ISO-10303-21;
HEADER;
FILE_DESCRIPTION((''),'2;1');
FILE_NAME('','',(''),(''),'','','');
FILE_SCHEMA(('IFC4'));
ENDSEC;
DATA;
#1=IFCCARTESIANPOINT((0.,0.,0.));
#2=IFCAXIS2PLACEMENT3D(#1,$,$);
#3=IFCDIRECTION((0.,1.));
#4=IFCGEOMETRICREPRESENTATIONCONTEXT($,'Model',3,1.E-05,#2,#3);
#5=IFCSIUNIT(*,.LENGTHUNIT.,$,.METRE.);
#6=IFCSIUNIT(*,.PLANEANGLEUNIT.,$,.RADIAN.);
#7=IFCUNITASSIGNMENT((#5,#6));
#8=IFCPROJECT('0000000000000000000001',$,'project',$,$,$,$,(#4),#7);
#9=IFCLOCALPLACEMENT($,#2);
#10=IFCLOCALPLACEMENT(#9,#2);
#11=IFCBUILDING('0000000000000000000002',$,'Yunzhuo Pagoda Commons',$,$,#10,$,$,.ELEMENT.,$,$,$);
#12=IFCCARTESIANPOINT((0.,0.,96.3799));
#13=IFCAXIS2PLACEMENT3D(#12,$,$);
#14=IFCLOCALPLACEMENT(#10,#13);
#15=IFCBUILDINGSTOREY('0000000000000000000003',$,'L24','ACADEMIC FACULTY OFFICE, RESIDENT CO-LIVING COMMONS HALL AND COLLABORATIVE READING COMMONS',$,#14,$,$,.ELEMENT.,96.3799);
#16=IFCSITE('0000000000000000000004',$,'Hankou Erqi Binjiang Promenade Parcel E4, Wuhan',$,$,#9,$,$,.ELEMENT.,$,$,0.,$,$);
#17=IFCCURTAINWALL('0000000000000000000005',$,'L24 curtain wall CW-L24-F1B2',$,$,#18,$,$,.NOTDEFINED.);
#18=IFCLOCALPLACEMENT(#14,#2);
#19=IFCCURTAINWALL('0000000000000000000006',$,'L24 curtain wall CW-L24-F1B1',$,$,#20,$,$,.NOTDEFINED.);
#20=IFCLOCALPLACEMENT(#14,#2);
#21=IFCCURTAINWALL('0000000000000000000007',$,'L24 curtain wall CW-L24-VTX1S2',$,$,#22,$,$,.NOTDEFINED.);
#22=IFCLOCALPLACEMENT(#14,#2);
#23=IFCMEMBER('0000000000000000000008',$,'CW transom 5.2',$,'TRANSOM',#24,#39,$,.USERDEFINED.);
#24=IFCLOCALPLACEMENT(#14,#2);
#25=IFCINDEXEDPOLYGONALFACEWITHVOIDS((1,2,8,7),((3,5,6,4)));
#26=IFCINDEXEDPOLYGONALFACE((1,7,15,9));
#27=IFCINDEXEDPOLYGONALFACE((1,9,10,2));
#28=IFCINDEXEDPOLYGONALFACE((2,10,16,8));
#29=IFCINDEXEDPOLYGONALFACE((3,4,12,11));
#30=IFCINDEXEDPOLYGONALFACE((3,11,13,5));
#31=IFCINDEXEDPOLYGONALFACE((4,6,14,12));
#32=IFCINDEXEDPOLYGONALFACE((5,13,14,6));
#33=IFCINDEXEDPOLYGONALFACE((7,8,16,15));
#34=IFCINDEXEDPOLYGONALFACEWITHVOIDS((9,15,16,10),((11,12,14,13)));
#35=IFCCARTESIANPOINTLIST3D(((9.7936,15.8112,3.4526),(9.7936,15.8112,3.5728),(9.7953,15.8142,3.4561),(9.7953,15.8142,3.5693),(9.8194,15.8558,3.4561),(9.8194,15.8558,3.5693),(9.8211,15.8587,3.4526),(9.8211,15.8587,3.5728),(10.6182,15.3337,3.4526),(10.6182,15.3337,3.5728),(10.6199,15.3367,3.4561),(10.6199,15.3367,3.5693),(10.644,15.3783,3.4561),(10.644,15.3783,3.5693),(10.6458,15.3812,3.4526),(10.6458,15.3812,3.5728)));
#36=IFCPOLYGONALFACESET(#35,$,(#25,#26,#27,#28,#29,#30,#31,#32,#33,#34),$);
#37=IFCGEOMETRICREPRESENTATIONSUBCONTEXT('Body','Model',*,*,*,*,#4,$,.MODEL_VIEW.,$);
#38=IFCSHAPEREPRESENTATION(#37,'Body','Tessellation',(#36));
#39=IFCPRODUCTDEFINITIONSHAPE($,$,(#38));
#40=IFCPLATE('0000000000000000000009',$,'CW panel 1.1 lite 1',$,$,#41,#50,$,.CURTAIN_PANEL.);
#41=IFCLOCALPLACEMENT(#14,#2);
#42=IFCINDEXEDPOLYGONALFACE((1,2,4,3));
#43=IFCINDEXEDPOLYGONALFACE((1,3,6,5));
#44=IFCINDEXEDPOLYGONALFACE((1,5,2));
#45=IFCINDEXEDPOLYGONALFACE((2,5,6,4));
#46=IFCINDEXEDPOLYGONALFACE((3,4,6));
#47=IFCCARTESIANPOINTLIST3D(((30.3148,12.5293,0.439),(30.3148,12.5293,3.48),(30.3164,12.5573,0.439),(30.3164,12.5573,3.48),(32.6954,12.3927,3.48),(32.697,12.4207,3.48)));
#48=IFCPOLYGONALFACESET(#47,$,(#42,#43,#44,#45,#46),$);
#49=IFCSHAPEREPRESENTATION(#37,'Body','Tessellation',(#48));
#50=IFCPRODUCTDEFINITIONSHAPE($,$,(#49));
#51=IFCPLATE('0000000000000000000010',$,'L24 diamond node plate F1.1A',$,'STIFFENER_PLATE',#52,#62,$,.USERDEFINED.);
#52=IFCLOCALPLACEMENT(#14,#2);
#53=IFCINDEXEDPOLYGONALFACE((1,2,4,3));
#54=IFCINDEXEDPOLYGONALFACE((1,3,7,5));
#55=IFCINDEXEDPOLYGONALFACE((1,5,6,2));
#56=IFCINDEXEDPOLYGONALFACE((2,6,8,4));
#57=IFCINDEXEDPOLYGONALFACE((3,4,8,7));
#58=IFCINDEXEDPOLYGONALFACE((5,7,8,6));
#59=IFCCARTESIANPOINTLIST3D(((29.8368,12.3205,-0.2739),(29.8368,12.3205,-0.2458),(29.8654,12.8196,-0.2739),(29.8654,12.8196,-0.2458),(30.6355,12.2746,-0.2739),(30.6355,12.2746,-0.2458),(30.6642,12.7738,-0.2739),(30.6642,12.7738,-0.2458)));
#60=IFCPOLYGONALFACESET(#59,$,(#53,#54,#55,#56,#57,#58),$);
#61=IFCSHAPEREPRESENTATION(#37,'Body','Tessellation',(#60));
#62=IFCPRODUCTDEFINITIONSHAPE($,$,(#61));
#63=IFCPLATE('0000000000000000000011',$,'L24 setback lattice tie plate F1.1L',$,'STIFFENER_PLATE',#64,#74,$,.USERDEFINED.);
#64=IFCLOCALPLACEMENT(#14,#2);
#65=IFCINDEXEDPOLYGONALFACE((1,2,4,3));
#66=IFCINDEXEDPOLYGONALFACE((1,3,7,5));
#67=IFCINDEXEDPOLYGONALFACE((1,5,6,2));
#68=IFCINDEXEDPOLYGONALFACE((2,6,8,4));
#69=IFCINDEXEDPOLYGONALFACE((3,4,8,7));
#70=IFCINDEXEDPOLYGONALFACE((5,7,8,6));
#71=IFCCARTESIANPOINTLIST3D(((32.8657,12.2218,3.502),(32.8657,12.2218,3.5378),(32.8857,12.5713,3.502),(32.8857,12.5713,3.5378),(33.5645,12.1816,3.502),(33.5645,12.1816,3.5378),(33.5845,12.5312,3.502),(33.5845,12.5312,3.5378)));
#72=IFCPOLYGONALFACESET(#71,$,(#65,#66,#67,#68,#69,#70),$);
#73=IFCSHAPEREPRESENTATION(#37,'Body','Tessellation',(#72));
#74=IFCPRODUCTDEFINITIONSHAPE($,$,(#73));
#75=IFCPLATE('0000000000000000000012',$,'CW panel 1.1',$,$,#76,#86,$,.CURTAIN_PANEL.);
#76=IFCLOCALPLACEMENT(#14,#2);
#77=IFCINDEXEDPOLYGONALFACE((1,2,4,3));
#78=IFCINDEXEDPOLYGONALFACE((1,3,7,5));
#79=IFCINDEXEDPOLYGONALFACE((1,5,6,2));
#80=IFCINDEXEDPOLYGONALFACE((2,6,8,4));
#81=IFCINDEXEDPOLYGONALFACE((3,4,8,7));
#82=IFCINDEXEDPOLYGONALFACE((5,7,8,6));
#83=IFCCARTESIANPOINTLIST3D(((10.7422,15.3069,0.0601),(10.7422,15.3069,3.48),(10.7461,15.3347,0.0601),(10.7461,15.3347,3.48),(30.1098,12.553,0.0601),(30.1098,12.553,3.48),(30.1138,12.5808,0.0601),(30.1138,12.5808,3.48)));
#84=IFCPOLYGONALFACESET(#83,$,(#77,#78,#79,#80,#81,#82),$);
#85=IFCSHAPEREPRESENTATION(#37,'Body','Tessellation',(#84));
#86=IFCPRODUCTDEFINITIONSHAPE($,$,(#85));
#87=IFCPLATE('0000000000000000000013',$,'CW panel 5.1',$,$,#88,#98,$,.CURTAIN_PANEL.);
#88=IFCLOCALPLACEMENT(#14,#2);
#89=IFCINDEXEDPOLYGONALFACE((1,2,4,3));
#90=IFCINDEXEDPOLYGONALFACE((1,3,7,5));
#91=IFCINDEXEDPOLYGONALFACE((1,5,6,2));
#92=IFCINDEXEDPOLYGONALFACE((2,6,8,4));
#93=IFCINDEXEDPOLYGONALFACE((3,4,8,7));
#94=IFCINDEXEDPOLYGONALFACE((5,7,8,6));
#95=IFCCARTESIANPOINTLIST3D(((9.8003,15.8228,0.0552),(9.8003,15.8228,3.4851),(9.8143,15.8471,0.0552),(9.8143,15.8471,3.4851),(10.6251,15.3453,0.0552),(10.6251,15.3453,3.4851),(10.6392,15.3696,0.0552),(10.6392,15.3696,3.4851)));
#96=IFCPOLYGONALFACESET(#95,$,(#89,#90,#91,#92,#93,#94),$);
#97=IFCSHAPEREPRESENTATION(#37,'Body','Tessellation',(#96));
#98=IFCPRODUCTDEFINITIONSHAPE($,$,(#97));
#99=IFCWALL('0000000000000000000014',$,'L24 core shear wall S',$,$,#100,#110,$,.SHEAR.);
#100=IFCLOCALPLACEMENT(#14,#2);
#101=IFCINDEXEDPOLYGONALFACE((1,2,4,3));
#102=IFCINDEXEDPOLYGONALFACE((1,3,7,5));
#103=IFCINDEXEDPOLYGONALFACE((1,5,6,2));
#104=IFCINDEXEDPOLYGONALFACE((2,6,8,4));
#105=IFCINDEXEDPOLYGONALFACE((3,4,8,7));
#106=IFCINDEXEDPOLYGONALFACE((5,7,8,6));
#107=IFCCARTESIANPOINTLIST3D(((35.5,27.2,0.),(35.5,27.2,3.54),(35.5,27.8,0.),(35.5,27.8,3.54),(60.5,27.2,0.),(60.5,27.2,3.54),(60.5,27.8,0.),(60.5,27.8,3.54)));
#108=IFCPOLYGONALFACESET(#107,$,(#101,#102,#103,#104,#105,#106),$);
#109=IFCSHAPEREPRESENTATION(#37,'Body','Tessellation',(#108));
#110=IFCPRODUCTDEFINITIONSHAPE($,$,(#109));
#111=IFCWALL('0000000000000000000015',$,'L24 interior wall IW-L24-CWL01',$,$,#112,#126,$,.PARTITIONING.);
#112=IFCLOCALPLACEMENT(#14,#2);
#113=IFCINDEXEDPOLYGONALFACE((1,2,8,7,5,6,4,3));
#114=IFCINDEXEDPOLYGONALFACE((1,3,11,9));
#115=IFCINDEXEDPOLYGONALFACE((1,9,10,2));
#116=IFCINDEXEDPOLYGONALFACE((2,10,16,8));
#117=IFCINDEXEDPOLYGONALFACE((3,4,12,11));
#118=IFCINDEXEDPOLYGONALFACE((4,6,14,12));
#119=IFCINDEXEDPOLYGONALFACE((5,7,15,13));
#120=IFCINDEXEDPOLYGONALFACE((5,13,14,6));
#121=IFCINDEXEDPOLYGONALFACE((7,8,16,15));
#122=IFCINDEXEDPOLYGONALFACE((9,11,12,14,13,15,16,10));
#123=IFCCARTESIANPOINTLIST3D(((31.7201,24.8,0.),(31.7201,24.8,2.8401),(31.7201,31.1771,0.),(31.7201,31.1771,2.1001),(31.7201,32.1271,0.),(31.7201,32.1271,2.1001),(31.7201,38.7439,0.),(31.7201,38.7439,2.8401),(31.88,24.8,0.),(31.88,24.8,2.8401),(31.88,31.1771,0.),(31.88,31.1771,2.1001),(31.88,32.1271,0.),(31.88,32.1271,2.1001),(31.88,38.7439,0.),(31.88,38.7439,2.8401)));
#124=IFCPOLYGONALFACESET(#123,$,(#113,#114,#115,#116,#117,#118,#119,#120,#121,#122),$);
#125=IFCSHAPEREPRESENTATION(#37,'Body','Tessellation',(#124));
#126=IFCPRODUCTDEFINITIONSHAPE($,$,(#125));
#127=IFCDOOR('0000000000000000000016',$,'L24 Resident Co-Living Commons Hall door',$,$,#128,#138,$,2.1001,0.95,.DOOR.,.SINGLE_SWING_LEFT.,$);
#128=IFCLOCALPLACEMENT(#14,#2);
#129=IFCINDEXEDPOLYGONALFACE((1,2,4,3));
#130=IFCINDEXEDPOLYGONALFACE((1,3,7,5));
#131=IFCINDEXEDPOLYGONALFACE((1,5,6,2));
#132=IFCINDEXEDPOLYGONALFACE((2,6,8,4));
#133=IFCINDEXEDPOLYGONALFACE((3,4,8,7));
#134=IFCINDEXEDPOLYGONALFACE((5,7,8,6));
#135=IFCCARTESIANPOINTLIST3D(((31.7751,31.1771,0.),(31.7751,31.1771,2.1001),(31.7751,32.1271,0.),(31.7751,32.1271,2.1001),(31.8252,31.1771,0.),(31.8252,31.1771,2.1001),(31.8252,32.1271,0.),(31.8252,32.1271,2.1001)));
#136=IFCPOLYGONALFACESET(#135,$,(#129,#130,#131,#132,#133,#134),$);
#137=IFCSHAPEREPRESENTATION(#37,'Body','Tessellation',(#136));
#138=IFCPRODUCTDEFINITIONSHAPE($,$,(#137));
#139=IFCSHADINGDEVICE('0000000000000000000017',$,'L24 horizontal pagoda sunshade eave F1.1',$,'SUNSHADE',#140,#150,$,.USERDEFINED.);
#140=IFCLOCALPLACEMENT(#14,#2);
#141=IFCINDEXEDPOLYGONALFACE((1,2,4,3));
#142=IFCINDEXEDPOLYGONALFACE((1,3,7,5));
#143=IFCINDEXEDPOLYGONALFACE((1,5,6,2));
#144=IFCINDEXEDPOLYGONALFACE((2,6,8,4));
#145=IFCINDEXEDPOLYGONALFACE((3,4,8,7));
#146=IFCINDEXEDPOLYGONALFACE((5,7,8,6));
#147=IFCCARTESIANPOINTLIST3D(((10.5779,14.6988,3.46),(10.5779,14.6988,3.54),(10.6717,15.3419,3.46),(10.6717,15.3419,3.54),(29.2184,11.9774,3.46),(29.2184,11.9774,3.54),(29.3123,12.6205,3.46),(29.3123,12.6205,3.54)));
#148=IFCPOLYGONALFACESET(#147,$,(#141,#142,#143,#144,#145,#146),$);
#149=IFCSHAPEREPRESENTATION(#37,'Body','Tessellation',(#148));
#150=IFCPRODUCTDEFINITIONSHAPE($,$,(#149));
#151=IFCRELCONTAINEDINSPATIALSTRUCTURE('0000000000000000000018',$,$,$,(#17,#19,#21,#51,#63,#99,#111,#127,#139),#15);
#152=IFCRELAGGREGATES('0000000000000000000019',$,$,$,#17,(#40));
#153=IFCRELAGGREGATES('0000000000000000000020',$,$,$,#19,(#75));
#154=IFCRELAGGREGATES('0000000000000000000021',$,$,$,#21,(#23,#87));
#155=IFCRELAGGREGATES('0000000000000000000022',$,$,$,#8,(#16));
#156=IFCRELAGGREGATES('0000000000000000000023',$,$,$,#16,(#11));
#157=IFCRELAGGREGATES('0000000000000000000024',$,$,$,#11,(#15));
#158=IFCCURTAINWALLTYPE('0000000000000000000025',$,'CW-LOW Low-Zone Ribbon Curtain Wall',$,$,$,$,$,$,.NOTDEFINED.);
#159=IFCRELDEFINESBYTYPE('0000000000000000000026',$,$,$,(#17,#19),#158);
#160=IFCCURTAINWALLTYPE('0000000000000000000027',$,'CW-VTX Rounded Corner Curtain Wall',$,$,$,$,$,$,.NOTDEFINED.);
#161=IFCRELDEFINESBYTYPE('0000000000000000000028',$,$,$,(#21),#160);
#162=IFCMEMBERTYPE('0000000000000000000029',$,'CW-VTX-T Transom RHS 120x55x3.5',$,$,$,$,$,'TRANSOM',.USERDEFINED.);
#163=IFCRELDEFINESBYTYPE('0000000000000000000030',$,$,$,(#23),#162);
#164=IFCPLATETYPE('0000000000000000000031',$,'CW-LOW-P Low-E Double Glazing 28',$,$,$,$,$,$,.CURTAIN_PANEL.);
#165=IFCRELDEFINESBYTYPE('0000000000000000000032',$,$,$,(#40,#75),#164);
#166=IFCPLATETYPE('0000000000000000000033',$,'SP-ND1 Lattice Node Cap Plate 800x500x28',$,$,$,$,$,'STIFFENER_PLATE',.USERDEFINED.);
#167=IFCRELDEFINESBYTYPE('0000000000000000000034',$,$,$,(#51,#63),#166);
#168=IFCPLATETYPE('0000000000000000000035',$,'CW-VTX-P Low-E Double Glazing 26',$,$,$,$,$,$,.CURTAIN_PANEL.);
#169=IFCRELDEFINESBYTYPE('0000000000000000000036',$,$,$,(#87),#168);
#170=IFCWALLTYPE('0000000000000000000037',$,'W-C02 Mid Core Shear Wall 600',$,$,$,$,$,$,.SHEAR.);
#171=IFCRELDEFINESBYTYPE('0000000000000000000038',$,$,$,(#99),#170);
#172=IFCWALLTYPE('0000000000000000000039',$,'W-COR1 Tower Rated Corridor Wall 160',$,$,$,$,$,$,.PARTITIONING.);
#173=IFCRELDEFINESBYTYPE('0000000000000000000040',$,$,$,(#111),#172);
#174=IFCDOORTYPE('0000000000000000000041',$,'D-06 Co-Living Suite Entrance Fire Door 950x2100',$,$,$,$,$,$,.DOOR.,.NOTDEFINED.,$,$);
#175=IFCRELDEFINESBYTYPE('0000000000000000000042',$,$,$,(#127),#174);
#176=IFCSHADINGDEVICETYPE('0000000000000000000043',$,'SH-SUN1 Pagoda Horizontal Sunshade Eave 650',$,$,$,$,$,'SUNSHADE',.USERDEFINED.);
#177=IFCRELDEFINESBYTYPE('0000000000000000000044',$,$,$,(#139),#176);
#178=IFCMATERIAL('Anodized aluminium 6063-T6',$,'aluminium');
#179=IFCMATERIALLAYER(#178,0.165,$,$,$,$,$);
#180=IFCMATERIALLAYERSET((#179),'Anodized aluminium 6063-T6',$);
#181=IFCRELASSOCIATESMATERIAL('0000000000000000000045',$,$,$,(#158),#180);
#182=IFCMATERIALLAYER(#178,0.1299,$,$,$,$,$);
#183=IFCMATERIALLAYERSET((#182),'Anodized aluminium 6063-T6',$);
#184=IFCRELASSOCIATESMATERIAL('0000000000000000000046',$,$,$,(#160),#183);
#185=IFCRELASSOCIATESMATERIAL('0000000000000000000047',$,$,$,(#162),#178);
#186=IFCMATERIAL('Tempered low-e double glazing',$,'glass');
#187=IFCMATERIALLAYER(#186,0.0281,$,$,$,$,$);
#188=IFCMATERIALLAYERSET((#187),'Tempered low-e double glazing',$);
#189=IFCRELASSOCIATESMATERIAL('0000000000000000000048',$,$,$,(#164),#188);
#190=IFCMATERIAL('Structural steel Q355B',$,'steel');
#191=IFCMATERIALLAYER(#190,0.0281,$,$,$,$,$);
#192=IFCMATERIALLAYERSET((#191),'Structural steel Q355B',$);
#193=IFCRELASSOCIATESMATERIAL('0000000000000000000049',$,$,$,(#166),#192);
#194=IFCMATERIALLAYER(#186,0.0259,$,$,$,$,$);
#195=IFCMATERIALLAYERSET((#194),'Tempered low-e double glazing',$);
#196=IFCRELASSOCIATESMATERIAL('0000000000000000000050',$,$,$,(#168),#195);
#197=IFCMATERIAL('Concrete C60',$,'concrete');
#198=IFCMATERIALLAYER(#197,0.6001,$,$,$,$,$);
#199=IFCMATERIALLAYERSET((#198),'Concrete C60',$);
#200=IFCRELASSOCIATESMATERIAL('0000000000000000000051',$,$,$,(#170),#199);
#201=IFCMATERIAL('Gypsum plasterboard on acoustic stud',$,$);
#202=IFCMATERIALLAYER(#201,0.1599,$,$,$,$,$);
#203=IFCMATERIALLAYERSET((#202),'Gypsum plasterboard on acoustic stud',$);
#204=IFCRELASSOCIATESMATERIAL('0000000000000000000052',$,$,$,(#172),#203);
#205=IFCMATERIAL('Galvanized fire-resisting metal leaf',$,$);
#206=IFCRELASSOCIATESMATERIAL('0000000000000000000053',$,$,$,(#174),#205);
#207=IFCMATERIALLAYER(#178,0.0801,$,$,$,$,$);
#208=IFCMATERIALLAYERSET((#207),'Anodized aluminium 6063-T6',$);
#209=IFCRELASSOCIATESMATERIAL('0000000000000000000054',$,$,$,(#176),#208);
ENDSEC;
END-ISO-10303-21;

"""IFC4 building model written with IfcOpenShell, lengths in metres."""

from ifc_helpers import new_model, si_unit, direction, frame, frame_2d, origin, origin_with_axes, origin_2d, place, context, subcontext, project, spatial, polyline, rectangle, hollow_rectangle, outline, extrude, source, transform, mapped, material, layer, layer_set, material_profile, profile_set, type_object, element, fill, aggregate, save


model = new_model("IFC4")

# Units and contexts
model_context = context("Model", 3, precision=1e-05, world=origin(), true_north=direction((0.0, 1.0)))
body_context = subcontext(model_context, "Body", "Model", "MODEL_VIEW")
ifc_project = project(units=[si_unit("LENGTHUNIT", "METRE"), si_unit("PLANEANGLEUNIT", "RADIAN")], contexts=[model_context])

# Site, building, storey
site_placement = place(None, origin())
site = spatial("IfcSite", under=ifc_project, at=site_placement, Name="Hankou Erqi Binjiang Promenade Parcel E4, Wuhan", CompositionType="ELEMENT", RefElevation=0.0)
building_placement = place(site_placement, origin())
building = spatial("IfcBuilding", under=site, at=building_placement, Name="Yunzhuo Pagoda Commons", CompositionType="ELEMENT")
storey_placement = place(building_placement, frame((0.0, 0.0, 96.3799)))
storey = spatial("IfcBuildingStorey", under=building, at=storey_placement, Name="L24", Description="ACADEMIC FACULTY OFFICE, RESIDENT CO-LIVING COMMONS HALL AND COLLABORATIVE READING COMMONS", CompositionType="ELEMENT", Elevation=96.3799)

# Shared definitions
ifc_material_1 = material(Name="Structural steel Q355B", Category="steel")

# Curtain wall
ifc_material_2 = material(Name="Anodized aluminium 6063-T6", Category="aluminium")
ifc_layer_1 = layer(ifc_material_2, 0.165)
ifc_layer_set_1 = layer_set([ifc_layer_1], Name="Anodized aluminium 6063-T6")
curtain_wall_type_1 = type_object("IfcCurtainWallType", Name="CW-LOW Low-Zone Ribbon Curtain Wall", PredefinedType="NOTDEFINED", material=ifc_layer_set_1)
curtain_wall_1_placement = place(storey_placement, origin())
curtain_wall_1 = element("IfcCurtainWall", 1, at=curtain_wall_1_placement, inside=storey, type_object=curtain_wall_type_1, Name="L24 curtain wall CW-L24-F1B2", PredefinedType="NOTDEFINED")

# Curtain wall
curtain_wall_2_placement = place(storey_placement, origin())
curtain_wall_2 = element("IfcCurtainWall", 2, at=curtain_wall_2_placement, inside=storey, type_object=curtain_wall_type_1, Name="L24 curtain wall CW-L24-F1B1", PredefinedType="NOTDEFINED")

# Curtain wall, member
ifc_layer_2 = layer(ifc_material_2, 0.1299)
ifc_layer_set_2 = layer_set([ifc_layer_2], Name="Anodized aluminium 6063-T6")
curtain_wall_type_2 = type_object("IfcCurtainWallType", Name="CW-VTX Rounded Corner Curtain Wall", PredefinedType="NOTDEFINED", material=ifc_layer_set_2)
curtain_wall_3_placement = place(storey_placement, origin())
curtain_wall_3 = element("IfcCurtainWall", 3, at=curtain_wall_3_placement, inside=storey, type_object=curtain_wall_type_2, Name="L24 curtain wall CW-L24-VTX1S2", PredefinedType="NOTDEFINED")
ifc_material_profile_1 = material_profile(ifc_material_2, hollow_rectangle(XDim=0.0549, YDim=0.1201, WallThickness=0.0034, at=origin_2d()), Name="Anodized aluminium 6063-T6")
ifc_profile_set_1 = profile_set([ifc_material_profile_1], Name="Anodized aluminium 6063-T6")
member_type_1 = type_object("IfcMemberType", Name="CW-VTX-T Transom RHS 120x55x3.5", ElementType="TRANSOM", PredefinedType="USERDEFINED", material=ifc_profile_set_1)
shared_shape_1 = source(origin(), body_context, "Body", "SweptSolid", [
    extrude(hollow_rectangle(XDim=0.0549, YDim=0.1201, WallThickness=0.0034, at=origin_2d()), origin(), (0.0, 0.0, 1.0), 0.9529),
])
member_1_placement = place(storey_placement, frame((9.8074, 15.835, 3.5127), z_axis=(0.865391, -0.501097, 0.0), x_axis=(0.501097, 0.865391, 0.0)))
member_1 = element("IfcMember", 4, at=member_1_placement, type_object=member_type_1, Name="CW transom 5.2", ObjectType="TRANSOM", PredefinedType="USERDEFINED", context=body_context, shape_type="MappedRepresentation", body=[
    mapped(shared_shape_1, transform((0.0, 0.0, 0.0), scale=1.0)),
])

# Plate
ifc_material_3 = material(Name="Tempered low-e double glazing", Category="glass")
ifc_layer_3 = layer(ifc_material_3, 0.0281)
ifc_layer_set_3 = layer_set([ifc_layer_3], Name="Tempered low-e double glazing")
plate_type_1 = type_object("IfcPlateType", Name="CW-LOW-P Low-E Double Glazing 28", PredefinedType="CURTAIN_PANEL", material=ifc_layer_set_3)
plate_1_placement = place(storey_placement, frame((31.5066, 12.489, 1.9595), z_axis=(-0.057299, -0.998357, 0.0), x_axis=(0.998357, -0.057299, 0.0)))
plate_1 = element("IfcPlate", 5, at=plate_1_placement, type_object=plate_type_1, Name="CW panel 1.1 lite 1", PredefinedType="CURTAIN_PANEL", context=body_context, shape_type="SweptSolid", body=[
    extrude(outline(polyline([(-1.1921, -1.5205), (1.1924, 1.5205), (-1.1921, 1.5205), (-1.1921, -1.5205)])), origin(), (0.0, 0.0, 1.0), 0.0281),
])
aggregate(curtain_wall_1, [plate_1])

# Plates
ifc_layer_4 = layer(ifc_material_1, 0.0281)
ifc_layer_set_4 = layer_set([ifc_layer_4], Name="Structural steel Q355B")
plate_type_2 = type_object("IfcPlateType", Name="SP-ND1 Lattice Node Cap Plate 800x500x28", ElementType="STIFFENER_PLATE", PredefinedType="USERDEFINED", material=ifc_layer_set_4)
shared_shape_2 = source(origin(), body_context, "Body", "SweptSolid", [
    extrude(rectangle(XDim=0.8, YDim=0.5, at=origin_2d()), origin(), (0.0, 0.0, 1.0), 0.0281),
])
plate_2_placement = place(storey_placement, frame((30.2505, 12.5471, -0.2739), z_axis=(0.0, 0.0, 1.0), x_axis=(0.998357, -0.057303, 0.0)))
element("IfcPlate", 6, at=plate_2_placement, inside=storey, type_object=plate_type_2, Name="L24 diamond node plate F1.1A", ObjectType="STIFFENER_PLATE", PredefinedType="USERDEFINED", context=body_context, shape_type="MappedRepresentation", body=[
    mapped(shared_shape_2, transform((0.0, 0.0, 0.0), scale=1.0)),
])
shared_shape_3 = source(origin(), body_context, "Body", "SweptSolid", [
    extrude(rectangle(XDim=0.7, YDim=0.3501, at=origin_2d()), origin(), (0.0, 0.0, 1.0), 0.0359),
])
plate_3_placement = place(storey_placement, frame((33.2251, 12.3765, 3.502), z_axis=(0.0, 0.0, 1.0), x_axis=(0.998357, -0.057303, 0.0)))
element("IfcPlate", 7, at=plate_3_placement, inside=storey, type_object=plate_type_2, Name="L24 setback lattice tie plate F1.1L", ObjectType="STIFFENER_PLATE", PredefinedType="USERDEFINED", context=body_context, shape_type="MappedRepresentation", body=[
    mapped(shared_shape_3, transform((0.0, 0.0, 0.0), scale=1.0)),
])

# Plates
shared_shape_4 = source(origin(), body_context, "Body", "SweptSolid", [
    extrude(rectangle(XDim=19.5625, YDim=0.0281, at=origin_2d()), origin(), (0.0, 0.0, 1.0), 3.4199),
])
plate_4_placement = place(storey_placement, frame((20.428, 13.9438, 0.0601), z_axis=(0.0, 0.0, 1.0), x_axis=(0.990042, -0.140774, 0.0)))
plate_4 = element("IfcPlate", 8, at=plate_4_placement, type_object=plate_type_1, Name="CW panel 1.1", PredefinedType="CURTAIN_PANEL", context=body_context, shape_type="MappedRepresentation", body=[
    mapped(shared_shape_4, transform((0.0, 0.0, 0.0), scale=1.0)),
])
aggregate(curtain_wall_2, [plate_4])
ifc_layer_5 = layer(ifc_material_3, 0.0259)
ifc_layer_set_5 = layer_set([ifc_layer_5], Name="Tempered low-e double glazing")
plate_type_3 = type_object("IfcPlateType", Name="CW-VTX-P Low-E Double Glazing 26", PredefinedType="CURTAIN_PANEL", material=ifc_layer_set_5)
shared_shape_5 = source(origin(), body_context, "Body", "SweptSolid", [
    extrude(rectangle(XDim=0.9531, YDim=0.0281, at=origin_2d()), origin(), (0.0, 0.0, 1.0), 3.4299),
])
plate_5_placement = place(storey_placement, frame((10.2197, 15.5962, 0.0552), z_axis=(0.0, 0.0, 1.0), x_axis=(0.865427, -0.501036, 0.0)))
plate_5 = element("IfcPlate", 9, at=plate_5_placement, type_object=plate_type_3, Name="CW panel 5.1", PredefinedType="CURTAIN_PANEL", context=body_context, shape_type="MappedRepresentation", body=[
    mapped(shared_shape_5, transform((0.0, 0.0, 0.0), scale=1.0)),
])
aggregate(curtain_wall_3, [member_1, plate_5])

# Wall
ifc_material_4 = material(Name="Concrete C60", Category="concrete")
ifc_layer_6 = layer(ifc_material_4, 0.6001)
ifc_layer_set_6 = layer_set([ifc_layer_6], Name="Concrete C60")
wall_type_1 = type_object("IfcWallType", Name="W-C02 Mid Core Shear Wall 600", PredefinedType="SHEAR", material=ifc_layer_set_6)
wall_1_placement = place(storey_placement, frame((35.5, 27.5, 0.0), z_axis=(0.0, 0.0, 1.0), x_axis=(1.0, 0.0, 0.0)))
element("IfcWall", 10, at=wall_1_placement, inside=storey, type_object=wall_type_1, Name="L24 core shear wall S", PredefinedType="SHEAR", context=body_context, shape_type="SweptSolid", body=[
    extrude(rectangle(XDim=25.0, YDim=0.6001, at=frame_2d((12.5, 0.0))), origin(), (0.0, 0.0, 1.0), 3.54),
])

# Wall, opening, door
ifc_material_5 = material(Name="Gypsum plasterboard on acoustic stud")
ifc_layer_7 = layer(ifc_material_5, 0.1599)
ifc_layer_set_7 = layer_set([ifc_layer_7], Name="Gypsum plasterboard on acoustic stud")
wall_type_2 = type_object("IfcWallType", Name="W-COR1 Tower Rated Corridor Wall 160", PredefinedType="PARTITIONING", material=ifc_layer_set_7)
wall_2_placement = place(storey_placement, frame((31.8, 24.8, 0.0), z_axis=(0.0, 0.0, 1.0), x_axis=(0.0, 1.0, 0.0)))
wall_2 = element("IfcWall", 11, at=wall_2_placement, inside=storey, type_object=wall_type_2, Name="L24 interior wall IW-L24-CWL01", PredefinedType="PARTITIONING", context=body_context, shape_type="SweptSolid", body=[
    extrude(rectangle(XDim=13.9438, YDim=0.1599, at=frame_2d((6.9719, 0.0))), origin(), (0.0, 0.0, 1.0), 2.8401),
])
opening_placement = place(wall_2_placement, frame((6.377, 0.0, 0.0)))
opening = element("IfcOpeningElement", 12, at=opening_placement, cuts=wall_2, PredefinedType="OPENING", context=body_context, shape_type="SweptSolid", body=[
    extrude(rectangle(XDim=0.95, YDim=2.1001, at=frame_2d((0.4751, 1.05))), frame((0.0, 0.0898, 0.0), z_axis=(0.0, -1.0, 0.0), x_axis=(1.0, 0.0, 0.0)), (0.0, 0.0, 1.0), 0.1799),
])
ifc_material_6 = material(Name="Galvanized fire-resisting metal leaf")
door_type = type_object("IfcDoorType", Name="D-06 Co-Living Suite Entrance Fire Door 950x2100", OperationType="NOTDEFINED", PredefinedType="DOOR", material=ifc_material_6)
shared_shape_6 = source(origin(), body_context, "Body", "SweptSolid", [
    extrude(rectangle(XDim=0.95, YDim=2.1001, at=frame_2d((0.4751, 1.05))), frame((0.0, 0.0249, 0.0), z_axis=(0.0, -1.0, 0.0), x_axis=(1.0, 0.0, 0.0)), (0.0, 0.0, 1.0), 0.05),
])
door_placement = place(opening_placement, origin_with_axes())
door = element("IfcDoor", 13, at=door_placement, inside=storey, type_object=door_type, Name="L24 Resident Co-Living Commons Hall door", OperationType="SINGLE_SWING_LEFT", OverallHeight=2.1001, OverallWidth=0.95, PredefinedType="DOOR", context=body_context, shape_type="MappedRepresentation", body=[
    mapped(shared_shape_6, transform((0.0, 0.0, 0.0), scale=1.0)),
])
fill(opening, door)

# Shading device
ifc_layer_8 = layer(ifc_material_2, 0.0801)
ifc_layer_set_8 = layer_set([ifc_layer_8], Name="Anodized aluminium 6063-T6")
shading_device_type = type_object("IfcShadingDeviceType", Name="SH-SUN1 Pagoda Horizontal Sunshade Eave 650", ElementType="SUNSHADE", PredefinedType="USERDEFINED", material=ifc_layer_set_8)
shared_shape_7 = source(origin(), body_context, "Body", "SweptSolid", [
    extrude(rectangle(XDim=18.8381, YDim=0.6499, at=origin_2d()), origin(), (0.0, 0.0, 1.0), 0.0801),
])
shading_device_placement = place(storey_placement, frame((19.9451, 13.6597, 3.46), z_axis=(0.0, 0.0, 1.0), x_axis=(0.989511, -0.14446, 0.0)))
element("IfcShadingDevice", 14, at=shading_device_placement, inside=storey, type_object=shading_device_type, Name="L24 horizontal pagoda sunshade eave F1.1", ObjectType="SUNSHADE", PredefinedType="USERDEFINED", context=body_context, shape_type="MappedRepresentation", body=[
    mapped(shared_shape_7, transform((0.0, 0.0, 0.0), scale=1.0)),
])

save(model, "model.ifc")
